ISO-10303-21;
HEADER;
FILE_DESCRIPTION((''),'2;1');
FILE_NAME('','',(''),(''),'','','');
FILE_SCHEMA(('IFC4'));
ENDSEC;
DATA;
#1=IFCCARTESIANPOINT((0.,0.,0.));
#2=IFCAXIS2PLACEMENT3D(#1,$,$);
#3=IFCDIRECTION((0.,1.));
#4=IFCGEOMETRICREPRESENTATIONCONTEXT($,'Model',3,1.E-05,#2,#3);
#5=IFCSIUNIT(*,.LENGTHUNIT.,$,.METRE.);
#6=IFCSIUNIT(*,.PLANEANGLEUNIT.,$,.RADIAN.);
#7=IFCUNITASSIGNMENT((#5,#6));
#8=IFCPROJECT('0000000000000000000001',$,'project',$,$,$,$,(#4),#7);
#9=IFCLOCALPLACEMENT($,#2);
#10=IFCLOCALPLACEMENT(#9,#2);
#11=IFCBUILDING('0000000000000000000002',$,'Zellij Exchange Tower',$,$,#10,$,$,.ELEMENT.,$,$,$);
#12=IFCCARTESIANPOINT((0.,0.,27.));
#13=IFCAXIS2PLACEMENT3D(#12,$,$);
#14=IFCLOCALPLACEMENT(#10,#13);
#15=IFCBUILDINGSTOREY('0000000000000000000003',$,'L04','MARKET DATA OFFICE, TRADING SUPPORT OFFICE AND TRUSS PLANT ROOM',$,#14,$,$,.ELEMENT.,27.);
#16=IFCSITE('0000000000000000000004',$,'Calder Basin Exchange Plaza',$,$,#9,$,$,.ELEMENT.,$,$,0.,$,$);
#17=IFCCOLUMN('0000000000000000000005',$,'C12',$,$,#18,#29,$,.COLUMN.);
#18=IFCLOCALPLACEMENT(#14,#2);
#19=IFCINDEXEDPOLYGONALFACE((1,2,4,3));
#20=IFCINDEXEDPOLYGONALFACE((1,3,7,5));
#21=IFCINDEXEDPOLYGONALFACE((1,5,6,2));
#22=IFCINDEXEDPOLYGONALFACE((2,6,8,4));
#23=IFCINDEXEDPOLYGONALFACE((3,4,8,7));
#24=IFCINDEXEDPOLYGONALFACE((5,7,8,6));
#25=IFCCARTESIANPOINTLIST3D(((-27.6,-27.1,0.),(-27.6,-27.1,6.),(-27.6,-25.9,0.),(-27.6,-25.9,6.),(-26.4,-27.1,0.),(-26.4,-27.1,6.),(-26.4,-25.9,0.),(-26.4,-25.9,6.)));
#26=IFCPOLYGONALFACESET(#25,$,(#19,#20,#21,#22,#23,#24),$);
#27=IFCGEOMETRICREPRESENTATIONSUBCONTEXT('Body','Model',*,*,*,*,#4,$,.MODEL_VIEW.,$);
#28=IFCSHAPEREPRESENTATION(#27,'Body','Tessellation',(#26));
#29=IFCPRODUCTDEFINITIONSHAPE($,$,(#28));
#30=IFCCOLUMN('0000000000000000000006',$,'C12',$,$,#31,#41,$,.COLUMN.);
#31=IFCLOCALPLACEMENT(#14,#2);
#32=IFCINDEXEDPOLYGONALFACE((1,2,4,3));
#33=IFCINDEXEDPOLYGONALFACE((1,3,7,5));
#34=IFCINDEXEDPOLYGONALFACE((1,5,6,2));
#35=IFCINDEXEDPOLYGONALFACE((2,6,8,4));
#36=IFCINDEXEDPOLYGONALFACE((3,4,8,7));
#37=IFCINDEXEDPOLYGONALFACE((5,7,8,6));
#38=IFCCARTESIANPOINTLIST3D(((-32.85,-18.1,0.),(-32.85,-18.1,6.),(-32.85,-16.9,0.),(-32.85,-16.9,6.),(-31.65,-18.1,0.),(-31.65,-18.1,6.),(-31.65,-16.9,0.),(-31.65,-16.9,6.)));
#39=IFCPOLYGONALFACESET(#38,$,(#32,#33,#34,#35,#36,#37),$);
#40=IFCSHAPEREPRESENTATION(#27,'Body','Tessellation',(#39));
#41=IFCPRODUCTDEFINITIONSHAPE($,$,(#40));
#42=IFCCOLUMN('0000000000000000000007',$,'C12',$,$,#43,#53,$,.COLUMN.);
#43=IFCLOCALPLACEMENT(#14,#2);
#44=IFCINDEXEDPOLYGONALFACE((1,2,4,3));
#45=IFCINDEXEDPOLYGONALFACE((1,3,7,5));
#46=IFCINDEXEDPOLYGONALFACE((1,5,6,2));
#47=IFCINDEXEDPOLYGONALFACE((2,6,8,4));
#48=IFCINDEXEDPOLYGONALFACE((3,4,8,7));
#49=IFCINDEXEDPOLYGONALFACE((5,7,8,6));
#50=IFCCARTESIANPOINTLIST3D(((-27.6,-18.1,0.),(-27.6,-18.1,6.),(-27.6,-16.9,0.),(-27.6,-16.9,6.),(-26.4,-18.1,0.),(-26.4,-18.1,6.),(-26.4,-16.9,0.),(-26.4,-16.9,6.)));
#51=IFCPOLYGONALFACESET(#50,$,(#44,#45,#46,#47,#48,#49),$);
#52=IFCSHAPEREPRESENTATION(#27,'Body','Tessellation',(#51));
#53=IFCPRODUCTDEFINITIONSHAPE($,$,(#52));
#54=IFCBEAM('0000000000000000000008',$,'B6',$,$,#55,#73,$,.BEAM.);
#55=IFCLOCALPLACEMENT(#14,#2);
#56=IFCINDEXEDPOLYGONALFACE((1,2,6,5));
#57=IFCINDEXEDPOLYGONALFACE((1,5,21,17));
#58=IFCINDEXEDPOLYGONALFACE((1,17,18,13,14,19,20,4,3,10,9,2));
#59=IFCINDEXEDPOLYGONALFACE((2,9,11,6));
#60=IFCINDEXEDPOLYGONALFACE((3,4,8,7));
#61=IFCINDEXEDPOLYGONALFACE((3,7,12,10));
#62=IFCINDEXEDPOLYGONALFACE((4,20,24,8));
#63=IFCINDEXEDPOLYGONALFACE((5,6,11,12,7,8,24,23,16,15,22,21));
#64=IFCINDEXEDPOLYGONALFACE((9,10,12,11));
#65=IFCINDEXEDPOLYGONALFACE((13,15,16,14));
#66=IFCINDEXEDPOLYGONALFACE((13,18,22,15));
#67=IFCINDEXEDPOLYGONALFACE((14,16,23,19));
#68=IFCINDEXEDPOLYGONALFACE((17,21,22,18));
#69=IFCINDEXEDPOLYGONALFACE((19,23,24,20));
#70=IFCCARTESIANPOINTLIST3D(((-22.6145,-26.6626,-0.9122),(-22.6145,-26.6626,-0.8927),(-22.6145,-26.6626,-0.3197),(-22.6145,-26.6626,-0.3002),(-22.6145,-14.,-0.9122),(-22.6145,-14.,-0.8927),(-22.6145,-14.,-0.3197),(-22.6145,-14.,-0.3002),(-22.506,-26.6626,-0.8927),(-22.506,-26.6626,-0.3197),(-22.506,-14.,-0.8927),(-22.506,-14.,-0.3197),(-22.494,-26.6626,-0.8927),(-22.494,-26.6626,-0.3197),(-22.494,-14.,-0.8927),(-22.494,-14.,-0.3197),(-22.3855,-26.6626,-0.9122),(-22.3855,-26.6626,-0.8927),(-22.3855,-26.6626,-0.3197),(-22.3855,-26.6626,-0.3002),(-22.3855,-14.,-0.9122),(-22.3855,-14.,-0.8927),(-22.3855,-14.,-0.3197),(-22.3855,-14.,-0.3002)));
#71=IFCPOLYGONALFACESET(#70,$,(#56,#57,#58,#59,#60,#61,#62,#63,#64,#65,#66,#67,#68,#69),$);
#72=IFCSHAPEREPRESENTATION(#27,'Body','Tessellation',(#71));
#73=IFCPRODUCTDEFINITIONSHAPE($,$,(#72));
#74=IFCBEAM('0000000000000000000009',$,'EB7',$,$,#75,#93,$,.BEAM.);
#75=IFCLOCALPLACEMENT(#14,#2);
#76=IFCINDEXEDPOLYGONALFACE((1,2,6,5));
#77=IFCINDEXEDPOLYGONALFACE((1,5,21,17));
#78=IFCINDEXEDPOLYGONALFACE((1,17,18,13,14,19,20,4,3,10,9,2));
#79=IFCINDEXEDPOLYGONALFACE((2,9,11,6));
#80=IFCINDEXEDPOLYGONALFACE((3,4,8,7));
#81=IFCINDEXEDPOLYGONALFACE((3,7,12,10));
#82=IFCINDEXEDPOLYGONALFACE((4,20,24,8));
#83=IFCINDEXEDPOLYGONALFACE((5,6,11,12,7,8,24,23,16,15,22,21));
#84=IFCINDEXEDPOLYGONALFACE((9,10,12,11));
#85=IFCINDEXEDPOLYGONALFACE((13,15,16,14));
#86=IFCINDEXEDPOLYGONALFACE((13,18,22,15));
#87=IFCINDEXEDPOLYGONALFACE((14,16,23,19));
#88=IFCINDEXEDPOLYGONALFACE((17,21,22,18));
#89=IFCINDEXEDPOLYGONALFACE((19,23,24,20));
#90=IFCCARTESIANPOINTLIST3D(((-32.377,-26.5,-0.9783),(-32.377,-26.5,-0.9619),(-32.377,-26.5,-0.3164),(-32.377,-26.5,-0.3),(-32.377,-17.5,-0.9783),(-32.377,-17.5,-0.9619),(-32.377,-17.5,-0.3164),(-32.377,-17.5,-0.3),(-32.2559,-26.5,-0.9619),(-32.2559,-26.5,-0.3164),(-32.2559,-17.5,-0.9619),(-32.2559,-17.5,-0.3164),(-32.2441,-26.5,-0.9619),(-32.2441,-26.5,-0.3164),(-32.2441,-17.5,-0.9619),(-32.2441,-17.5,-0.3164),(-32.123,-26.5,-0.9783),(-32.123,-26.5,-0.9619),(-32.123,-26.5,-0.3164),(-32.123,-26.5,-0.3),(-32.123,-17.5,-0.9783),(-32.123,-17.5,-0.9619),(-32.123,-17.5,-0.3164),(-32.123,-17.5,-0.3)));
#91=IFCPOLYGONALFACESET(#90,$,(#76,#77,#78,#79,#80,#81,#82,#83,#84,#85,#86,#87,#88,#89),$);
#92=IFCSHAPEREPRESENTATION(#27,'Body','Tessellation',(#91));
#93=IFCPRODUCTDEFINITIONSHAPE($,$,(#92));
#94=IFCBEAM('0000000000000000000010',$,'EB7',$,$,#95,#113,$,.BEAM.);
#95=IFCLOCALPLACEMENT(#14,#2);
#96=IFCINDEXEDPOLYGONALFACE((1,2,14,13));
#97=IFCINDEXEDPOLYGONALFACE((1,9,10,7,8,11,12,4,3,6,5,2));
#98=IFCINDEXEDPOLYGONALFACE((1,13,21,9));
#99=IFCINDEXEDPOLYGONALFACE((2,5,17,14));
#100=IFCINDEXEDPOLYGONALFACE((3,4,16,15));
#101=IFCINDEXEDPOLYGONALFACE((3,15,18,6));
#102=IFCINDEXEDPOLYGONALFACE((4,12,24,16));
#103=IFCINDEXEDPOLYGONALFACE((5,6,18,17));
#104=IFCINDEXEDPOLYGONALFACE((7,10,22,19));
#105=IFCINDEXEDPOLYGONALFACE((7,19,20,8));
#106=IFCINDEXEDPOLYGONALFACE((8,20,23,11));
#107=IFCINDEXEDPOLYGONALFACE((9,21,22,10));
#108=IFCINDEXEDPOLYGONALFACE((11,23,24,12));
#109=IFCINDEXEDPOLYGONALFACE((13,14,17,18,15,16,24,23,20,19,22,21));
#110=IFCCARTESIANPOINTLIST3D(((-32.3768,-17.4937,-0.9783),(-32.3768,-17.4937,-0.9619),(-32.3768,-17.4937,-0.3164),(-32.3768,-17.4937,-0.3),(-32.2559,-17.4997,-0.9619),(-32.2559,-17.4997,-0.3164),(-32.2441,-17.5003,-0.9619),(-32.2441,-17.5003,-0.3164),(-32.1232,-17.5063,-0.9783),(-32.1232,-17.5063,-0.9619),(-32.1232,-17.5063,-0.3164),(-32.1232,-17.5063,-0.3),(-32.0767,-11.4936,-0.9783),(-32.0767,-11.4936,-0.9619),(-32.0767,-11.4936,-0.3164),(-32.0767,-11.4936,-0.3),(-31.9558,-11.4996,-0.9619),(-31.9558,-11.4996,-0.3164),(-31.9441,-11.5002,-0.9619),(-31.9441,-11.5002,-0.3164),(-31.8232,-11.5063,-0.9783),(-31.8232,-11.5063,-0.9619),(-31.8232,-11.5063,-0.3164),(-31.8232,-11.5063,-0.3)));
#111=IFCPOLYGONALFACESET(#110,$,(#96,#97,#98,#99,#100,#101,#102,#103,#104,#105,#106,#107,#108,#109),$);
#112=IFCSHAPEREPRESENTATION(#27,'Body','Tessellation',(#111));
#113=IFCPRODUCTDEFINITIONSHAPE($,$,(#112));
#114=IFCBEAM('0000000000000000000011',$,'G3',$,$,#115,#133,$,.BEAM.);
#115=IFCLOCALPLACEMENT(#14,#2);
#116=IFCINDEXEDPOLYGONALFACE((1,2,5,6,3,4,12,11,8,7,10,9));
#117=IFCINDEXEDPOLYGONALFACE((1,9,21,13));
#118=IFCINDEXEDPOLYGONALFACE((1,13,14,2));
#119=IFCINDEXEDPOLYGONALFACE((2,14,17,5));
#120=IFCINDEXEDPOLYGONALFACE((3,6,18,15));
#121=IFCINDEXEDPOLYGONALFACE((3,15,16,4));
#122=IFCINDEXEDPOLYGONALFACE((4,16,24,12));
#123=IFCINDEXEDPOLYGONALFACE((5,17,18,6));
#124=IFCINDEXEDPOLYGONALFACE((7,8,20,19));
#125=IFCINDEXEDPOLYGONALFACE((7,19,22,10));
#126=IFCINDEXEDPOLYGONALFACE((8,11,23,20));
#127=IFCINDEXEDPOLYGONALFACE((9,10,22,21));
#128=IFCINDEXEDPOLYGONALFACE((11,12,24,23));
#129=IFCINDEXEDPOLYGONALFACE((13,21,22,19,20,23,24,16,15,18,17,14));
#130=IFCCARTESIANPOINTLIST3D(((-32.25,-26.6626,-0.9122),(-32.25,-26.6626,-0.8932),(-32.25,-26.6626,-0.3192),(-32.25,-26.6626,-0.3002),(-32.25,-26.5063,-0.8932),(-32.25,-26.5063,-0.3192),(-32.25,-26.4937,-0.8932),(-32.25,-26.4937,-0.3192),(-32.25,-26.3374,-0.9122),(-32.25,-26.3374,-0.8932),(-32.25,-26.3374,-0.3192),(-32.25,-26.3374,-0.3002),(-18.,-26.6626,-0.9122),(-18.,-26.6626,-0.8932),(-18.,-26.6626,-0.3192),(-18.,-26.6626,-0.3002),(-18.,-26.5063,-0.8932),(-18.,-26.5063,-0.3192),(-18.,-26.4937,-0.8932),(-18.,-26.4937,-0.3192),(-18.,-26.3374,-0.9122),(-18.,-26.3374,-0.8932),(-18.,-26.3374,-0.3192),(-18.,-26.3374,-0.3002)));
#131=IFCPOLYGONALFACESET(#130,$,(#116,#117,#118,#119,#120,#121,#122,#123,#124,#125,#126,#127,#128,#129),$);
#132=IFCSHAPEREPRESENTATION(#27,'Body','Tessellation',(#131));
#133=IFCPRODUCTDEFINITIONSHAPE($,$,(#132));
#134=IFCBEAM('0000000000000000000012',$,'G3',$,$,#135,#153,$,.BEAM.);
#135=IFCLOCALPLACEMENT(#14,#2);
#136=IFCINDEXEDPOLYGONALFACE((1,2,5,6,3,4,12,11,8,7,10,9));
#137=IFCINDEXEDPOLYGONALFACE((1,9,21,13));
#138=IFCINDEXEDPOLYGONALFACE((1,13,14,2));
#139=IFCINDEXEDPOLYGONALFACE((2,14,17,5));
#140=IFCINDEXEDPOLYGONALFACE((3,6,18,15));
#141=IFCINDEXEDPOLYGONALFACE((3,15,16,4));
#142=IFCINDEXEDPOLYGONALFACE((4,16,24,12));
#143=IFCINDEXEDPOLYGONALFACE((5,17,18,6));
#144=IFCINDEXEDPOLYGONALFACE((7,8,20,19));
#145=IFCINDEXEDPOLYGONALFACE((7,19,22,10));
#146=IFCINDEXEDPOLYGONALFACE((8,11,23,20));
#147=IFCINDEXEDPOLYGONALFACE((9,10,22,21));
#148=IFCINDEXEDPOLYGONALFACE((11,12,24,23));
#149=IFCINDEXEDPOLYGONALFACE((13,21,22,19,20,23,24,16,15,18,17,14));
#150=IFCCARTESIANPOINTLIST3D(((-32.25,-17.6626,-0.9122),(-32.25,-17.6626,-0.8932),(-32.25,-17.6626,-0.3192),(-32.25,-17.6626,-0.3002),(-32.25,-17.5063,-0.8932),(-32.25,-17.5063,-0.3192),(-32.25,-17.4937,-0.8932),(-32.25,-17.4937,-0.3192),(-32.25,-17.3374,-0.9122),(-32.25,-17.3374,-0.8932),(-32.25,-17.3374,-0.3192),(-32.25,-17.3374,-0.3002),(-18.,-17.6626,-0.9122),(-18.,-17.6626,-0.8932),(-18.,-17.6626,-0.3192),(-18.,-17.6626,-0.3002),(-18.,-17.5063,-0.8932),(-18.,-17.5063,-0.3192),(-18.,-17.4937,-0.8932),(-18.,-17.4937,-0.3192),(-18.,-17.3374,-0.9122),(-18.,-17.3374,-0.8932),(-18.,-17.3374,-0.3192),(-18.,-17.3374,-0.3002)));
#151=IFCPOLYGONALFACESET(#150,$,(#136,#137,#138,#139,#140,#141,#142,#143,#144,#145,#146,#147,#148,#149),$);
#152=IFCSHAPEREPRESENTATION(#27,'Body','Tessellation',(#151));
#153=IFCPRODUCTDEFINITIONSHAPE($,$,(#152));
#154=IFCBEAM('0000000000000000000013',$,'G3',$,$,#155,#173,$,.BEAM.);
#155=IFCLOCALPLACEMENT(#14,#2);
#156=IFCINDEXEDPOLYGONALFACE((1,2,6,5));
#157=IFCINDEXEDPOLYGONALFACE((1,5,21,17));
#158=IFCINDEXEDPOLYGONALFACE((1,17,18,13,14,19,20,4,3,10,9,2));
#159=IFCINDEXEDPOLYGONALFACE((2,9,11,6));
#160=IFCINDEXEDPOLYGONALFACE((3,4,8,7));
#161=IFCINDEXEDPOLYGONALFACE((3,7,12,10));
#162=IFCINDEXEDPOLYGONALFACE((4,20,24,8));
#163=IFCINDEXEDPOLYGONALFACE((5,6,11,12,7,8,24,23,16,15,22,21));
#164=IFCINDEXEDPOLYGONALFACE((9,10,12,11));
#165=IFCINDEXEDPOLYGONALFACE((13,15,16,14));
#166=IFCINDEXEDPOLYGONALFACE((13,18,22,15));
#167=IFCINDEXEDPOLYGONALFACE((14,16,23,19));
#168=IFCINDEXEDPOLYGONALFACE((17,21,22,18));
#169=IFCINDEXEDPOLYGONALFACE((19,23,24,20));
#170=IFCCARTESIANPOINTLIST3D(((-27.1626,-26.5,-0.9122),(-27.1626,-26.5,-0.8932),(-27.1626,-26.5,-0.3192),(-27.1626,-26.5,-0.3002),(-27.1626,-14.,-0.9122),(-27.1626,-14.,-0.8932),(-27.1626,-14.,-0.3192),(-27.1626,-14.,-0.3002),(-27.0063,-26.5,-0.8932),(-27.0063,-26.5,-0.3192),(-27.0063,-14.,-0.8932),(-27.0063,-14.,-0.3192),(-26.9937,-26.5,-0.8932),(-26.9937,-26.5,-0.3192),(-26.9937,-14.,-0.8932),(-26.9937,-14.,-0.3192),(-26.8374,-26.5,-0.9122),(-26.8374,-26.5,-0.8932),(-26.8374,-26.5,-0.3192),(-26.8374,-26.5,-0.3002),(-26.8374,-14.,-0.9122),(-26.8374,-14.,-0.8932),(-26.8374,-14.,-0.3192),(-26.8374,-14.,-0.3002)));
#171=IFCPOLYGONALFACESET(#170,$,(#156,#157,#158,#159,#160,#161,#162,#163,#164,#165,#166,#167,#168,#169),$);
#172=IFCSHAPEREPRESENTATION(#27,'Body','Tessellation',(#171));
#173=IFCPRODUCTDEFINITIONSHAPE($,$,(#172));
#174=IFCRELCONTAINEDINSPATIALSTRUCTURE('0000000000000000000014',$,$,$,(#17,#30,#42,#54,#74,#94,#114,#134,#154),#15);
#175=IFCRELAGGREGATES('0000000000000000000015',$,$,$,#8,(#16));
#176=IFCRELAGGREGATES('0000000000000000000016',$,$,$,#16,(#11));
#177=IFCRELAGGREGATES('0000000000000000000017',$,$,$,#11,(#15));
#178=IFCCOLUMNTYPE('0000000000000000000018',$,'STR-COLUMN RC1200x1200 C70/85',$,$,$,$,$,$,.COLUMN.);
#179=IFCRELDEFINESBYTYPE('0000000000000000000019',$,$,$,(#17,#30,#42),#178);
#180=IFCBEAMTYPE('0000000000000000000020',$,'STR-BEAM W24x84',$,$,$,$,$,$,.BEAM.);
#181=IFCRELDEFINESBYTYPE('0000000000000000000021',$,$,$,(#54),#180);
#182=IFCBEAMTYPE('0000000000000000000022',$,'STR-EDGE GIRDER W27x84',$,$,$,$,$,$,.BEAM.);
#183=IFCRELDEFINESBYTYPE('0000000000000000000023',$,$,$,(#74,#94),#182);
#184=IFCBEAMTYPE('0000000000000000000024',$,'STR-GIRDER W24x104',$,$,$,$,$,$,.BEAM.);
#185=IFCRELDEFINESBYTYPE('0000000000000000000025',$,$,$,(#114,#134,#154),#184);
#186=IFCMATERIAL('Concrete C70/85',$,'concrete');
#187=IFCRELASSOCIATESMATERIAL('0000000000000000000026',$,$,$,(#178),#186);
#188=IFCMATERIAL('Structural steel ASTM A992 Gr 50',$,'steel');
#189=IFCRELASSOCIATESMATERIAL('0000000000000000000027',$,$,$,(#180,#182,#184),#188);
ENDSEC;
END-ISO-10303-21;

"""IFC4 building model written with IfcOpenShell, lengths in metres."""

from ifc_helpers import new_model, si_unit, direction, frame, origin, origin_2d, place, context, subcontext, project, spatial, rectangle, i_section, extrude, material, material_profile, profile_set, type_object, element, save


model = new_model("IFC4")

# Units and contexts
model_context = context("Model", 3, precision=1e-05, world=origin(), true_north=direction((0.0, 1.0)))
body_context = subcontext(model_context, "Body", "Model", "MODEL_VIEW")
ifc_project = project(units=[si_unit("LENGTHUNIT", "METRE"), si_unit("PLANEANGLEUNIT", "RADIAN")], contexts=[model_context])

# Site, building, storey
site_placement = place(None, origin())
site = spatial("IfcSite", under=ifc_project, at=site_placement, Name="Calder Basin Exchange Plaza", CompositionType="ELEMENT", RefElevation=0.0)
building_placement = place(site_placement, origin())
building = spatial("IfcBuilding", under=site, at=building_placement, Name="Zellij Exchange Tower", CompositionType="ELEMENT")
storey_placement = place(building_placement, frame((0.0, 0.0, 27.0)))
storey = spatial("IfcBuildingStorey", under=building, at=storey_placement, Name="L04", Description="MARKET DATA OFFICE, TRADING SUPPORT OFFICE AND TRUSS PLANT ROOM", CompositionType="ELEMENT", Elevation=27.0)

# Columns
ifc_material_1 = material(Name="Concrete C70/85", Category="concrete")
ifc_material_profile_1 = material_profile(ifc_material_1, rectangle(XDim=1.2, YDim=1.2, at=origin_2d()), Name="STR-COLUMN RC1200x1200 C70/85")
ifc_profile_set_1 = profile_set([ifc_material_profile_1], Name="Concrete C70/85")
column_type = type_object("IfcColumnType", Name="STR-COLUMN RC1200x1200 C70/85", PredefinedType="COLUMN", material=ifc_profile_set_1)
for number, where, z_axis, x_axis, name in (
    (1, (-27.0, -26.5, 0.0), (0.0, 0.0, 1.0), (1.0, 0.0, 0.0), "C12"),
    (2, (-32.25, -17.5, 0.0), (0.0, 0.0, 1.0), (1.0, 0.0, 0.0), "C12"),
    (3, (-27.0, -17.5, 0.0), (0.0, 0.0, 1.0), (1.0, 0.0, 0.0), "C12"),
):
    element("IfcColumn", number, at=place(storey_placement, frame(where, z_axis=z_axis, x_axis=x_axis)), inside=storey, type_object=column_type, Name=name, PredefinedType="COLUMN", context=body_context, shape_type="SweptSolid", body=[
        extrude(rectangle(XDim=1.2, YDim=1.2, at=origin_2d()), origin(), (0.0, 0.0, 1.0), 6.0),
    ])

# Beams
ifc_material_2 = material(Name="Structural steel ASTM A992 Gr 50", Category="steel")
ifc_material_profile_2 = material_profile(ifc_material_2, i_section(OverallWidth=0.229, OverallDepth=0.6121, WebThickness=0.012, FlangeThickness=0.0195, at=origin_2d()), Name="W24x84")
ifc_profile_set_2 = profile_set([ifc_material_profile_2], Name="Structural steel ASTM A992 Gr 50")
beam_type_1 = type_object("IfcBeamType", Name="STR-BEAM W24x84", PredefinedType="BEAM", material=ifc_profile_set_2)
beam_1_placement = place(storey_placement, frame((-22.5, -26.6626, -0.6062), z_axis=(0.0, 1.0, 0.0), x_axis=(-1.0, 0.0, 0.0)))
element("IfcBeam", 4, at=beam_1_placement, inside=storey, type_object=beam_type_1, Name="B6", PredefinedType="BEAM", context=body_context, shape_type="SweptSolid", body=[
    extrude(i_section(OverallWidth=0.229, OverallDepth=0.6121, WebThickness=0.012, FlangeThickness=0.0195, at=origin_2d()), origin(), (0.0, 0.0, 1.0), 12.6626),
])
ifc_material_profile_3 = material_profile(ifc_material_2, i_section(OverallWidth=0.2539, OverallDepth=0.6782, WebThickness=0.0117, FlangeThickness=0.0164, at=origin_2d()), Name="W27x84")
ifc_profile_set_3 = profile_set([ifc_material_profile_3], Name="Structural steel ASTM A992 Gr 50")
beam_type_2 = type_object("IfcBeamType", Name="STR-EDGE GIRDER W27x84", PredefinedType="BEAM", material=ifc_profile_set_3)
beam_2_placement = place(storey_placement, frame((-32.25, -26.5, -0.6392), z_axis=(0.0, 1.0, 0.0), x_axis=(-1.0, 0.0, 0.0)))
element("IfcBeam", 5, at=beam_2_placement, inside=storey, type_object=beam_type_2, Name="EB7", PredefinedType="BEAM", context=body_context, shape_type="SweptSolid", body=[
    extrude(i_section(OverallWidth=0.2539, OverallDepth=0.6782, WebThickness=0.0117, FlangeThickness=0.0164, at=origin_2d()), origin(), (0.0, 0.0, 1.0), 9.0),
])
beam_3_placement = place(storey_placement, frame((-32.25, -17.5, -0.6392), z_axis=(0.049946, 0.998752, 0.0), x_axis=(-0.998752, 0.049946, 0.0)))
element("IfcBeam", 6, at=beam_3_placement, inside=storey, type_object=beam_type_2, Name="EB7", PredefinedType="BEAM", context=body_context, shape_type="SweptSolid", body=[
    extrude(i_section(OverallWidth=0.2539, OverallDepth=0.6782, WebThickness=0.0117, FlangeThickness=0.0164, at=origin_2d()), origin(), (0.0, 0.0, 1.0), 6.0076),
])
ifc_material_profile_4 = material_profile(ifc_material_2, i_section(OverallWidth=0.3252, OverallDepth=0.6121, WebThickness=0.0127, FlangeThickness=0.019, at=origin_2d()), Name="W24x104")
ifc_profile_set_4 = profile_set([ifc_material_profile_4], Name="Structural steel ASTM A992 Gr 50")
beam_type_3 = type_object("IfcBeamType", Name="STR-GIRDER W24x104", PredefinedType="BEAM", material=ifc_profile_set_4)
for number, where, z_axis, x_axis, name in (
    (7, (-32.25, -26.5, -0.6062), (1.0, 0.0, 0.0), (0.0, 1.0, 0.0), "G3"),
    (8, (-32.25, -17.5, -0.6062), (1.0, 0.0, 0.0), (0.0, 1.0, 0.0), "G3"),
):
    element("IfcBeam", number, at=place(storey_placement, frame(where, z_axis=z_axis, x_axis=x_axis)), inside=storey, type_object=beam_type_3, Name=name, PredefinedType="BEAM", context=body_context, shape_type="SweptSolid", body=[
        extrude(i_section(OverallWidth=0.3252, OverallDepth=0.6121, WebThickness=0.0127, FlangeThickness=0.019, at=origin_2d()), origin(), (0.0, 0.0, 1.0), 14.25),
    ])
beam_4_placement = place(storey_placement, frame((-27.0, -26.5, -0.6062), z_axis=(0.0, 1.0, 0.0), x_axis=(-1.0, 0.0, 0.0)))
element("IfcBeam", 9, at=beam_4_placement, inside=storey, type_object=beam_type_3, Name="G3", PredefinedType="BEAM", context=body_context, shape_type="SweptSolid", body=[
    extrude(i_section(OverallWidth=0.3252, OverallDepth=0.6121, WebThickness=0.0127, FlangeThickness=0.019, at=origin_2d()), origin(), (0.0, 0.0, 1.0), 12.5),
])

save(model, "model.ifc")
